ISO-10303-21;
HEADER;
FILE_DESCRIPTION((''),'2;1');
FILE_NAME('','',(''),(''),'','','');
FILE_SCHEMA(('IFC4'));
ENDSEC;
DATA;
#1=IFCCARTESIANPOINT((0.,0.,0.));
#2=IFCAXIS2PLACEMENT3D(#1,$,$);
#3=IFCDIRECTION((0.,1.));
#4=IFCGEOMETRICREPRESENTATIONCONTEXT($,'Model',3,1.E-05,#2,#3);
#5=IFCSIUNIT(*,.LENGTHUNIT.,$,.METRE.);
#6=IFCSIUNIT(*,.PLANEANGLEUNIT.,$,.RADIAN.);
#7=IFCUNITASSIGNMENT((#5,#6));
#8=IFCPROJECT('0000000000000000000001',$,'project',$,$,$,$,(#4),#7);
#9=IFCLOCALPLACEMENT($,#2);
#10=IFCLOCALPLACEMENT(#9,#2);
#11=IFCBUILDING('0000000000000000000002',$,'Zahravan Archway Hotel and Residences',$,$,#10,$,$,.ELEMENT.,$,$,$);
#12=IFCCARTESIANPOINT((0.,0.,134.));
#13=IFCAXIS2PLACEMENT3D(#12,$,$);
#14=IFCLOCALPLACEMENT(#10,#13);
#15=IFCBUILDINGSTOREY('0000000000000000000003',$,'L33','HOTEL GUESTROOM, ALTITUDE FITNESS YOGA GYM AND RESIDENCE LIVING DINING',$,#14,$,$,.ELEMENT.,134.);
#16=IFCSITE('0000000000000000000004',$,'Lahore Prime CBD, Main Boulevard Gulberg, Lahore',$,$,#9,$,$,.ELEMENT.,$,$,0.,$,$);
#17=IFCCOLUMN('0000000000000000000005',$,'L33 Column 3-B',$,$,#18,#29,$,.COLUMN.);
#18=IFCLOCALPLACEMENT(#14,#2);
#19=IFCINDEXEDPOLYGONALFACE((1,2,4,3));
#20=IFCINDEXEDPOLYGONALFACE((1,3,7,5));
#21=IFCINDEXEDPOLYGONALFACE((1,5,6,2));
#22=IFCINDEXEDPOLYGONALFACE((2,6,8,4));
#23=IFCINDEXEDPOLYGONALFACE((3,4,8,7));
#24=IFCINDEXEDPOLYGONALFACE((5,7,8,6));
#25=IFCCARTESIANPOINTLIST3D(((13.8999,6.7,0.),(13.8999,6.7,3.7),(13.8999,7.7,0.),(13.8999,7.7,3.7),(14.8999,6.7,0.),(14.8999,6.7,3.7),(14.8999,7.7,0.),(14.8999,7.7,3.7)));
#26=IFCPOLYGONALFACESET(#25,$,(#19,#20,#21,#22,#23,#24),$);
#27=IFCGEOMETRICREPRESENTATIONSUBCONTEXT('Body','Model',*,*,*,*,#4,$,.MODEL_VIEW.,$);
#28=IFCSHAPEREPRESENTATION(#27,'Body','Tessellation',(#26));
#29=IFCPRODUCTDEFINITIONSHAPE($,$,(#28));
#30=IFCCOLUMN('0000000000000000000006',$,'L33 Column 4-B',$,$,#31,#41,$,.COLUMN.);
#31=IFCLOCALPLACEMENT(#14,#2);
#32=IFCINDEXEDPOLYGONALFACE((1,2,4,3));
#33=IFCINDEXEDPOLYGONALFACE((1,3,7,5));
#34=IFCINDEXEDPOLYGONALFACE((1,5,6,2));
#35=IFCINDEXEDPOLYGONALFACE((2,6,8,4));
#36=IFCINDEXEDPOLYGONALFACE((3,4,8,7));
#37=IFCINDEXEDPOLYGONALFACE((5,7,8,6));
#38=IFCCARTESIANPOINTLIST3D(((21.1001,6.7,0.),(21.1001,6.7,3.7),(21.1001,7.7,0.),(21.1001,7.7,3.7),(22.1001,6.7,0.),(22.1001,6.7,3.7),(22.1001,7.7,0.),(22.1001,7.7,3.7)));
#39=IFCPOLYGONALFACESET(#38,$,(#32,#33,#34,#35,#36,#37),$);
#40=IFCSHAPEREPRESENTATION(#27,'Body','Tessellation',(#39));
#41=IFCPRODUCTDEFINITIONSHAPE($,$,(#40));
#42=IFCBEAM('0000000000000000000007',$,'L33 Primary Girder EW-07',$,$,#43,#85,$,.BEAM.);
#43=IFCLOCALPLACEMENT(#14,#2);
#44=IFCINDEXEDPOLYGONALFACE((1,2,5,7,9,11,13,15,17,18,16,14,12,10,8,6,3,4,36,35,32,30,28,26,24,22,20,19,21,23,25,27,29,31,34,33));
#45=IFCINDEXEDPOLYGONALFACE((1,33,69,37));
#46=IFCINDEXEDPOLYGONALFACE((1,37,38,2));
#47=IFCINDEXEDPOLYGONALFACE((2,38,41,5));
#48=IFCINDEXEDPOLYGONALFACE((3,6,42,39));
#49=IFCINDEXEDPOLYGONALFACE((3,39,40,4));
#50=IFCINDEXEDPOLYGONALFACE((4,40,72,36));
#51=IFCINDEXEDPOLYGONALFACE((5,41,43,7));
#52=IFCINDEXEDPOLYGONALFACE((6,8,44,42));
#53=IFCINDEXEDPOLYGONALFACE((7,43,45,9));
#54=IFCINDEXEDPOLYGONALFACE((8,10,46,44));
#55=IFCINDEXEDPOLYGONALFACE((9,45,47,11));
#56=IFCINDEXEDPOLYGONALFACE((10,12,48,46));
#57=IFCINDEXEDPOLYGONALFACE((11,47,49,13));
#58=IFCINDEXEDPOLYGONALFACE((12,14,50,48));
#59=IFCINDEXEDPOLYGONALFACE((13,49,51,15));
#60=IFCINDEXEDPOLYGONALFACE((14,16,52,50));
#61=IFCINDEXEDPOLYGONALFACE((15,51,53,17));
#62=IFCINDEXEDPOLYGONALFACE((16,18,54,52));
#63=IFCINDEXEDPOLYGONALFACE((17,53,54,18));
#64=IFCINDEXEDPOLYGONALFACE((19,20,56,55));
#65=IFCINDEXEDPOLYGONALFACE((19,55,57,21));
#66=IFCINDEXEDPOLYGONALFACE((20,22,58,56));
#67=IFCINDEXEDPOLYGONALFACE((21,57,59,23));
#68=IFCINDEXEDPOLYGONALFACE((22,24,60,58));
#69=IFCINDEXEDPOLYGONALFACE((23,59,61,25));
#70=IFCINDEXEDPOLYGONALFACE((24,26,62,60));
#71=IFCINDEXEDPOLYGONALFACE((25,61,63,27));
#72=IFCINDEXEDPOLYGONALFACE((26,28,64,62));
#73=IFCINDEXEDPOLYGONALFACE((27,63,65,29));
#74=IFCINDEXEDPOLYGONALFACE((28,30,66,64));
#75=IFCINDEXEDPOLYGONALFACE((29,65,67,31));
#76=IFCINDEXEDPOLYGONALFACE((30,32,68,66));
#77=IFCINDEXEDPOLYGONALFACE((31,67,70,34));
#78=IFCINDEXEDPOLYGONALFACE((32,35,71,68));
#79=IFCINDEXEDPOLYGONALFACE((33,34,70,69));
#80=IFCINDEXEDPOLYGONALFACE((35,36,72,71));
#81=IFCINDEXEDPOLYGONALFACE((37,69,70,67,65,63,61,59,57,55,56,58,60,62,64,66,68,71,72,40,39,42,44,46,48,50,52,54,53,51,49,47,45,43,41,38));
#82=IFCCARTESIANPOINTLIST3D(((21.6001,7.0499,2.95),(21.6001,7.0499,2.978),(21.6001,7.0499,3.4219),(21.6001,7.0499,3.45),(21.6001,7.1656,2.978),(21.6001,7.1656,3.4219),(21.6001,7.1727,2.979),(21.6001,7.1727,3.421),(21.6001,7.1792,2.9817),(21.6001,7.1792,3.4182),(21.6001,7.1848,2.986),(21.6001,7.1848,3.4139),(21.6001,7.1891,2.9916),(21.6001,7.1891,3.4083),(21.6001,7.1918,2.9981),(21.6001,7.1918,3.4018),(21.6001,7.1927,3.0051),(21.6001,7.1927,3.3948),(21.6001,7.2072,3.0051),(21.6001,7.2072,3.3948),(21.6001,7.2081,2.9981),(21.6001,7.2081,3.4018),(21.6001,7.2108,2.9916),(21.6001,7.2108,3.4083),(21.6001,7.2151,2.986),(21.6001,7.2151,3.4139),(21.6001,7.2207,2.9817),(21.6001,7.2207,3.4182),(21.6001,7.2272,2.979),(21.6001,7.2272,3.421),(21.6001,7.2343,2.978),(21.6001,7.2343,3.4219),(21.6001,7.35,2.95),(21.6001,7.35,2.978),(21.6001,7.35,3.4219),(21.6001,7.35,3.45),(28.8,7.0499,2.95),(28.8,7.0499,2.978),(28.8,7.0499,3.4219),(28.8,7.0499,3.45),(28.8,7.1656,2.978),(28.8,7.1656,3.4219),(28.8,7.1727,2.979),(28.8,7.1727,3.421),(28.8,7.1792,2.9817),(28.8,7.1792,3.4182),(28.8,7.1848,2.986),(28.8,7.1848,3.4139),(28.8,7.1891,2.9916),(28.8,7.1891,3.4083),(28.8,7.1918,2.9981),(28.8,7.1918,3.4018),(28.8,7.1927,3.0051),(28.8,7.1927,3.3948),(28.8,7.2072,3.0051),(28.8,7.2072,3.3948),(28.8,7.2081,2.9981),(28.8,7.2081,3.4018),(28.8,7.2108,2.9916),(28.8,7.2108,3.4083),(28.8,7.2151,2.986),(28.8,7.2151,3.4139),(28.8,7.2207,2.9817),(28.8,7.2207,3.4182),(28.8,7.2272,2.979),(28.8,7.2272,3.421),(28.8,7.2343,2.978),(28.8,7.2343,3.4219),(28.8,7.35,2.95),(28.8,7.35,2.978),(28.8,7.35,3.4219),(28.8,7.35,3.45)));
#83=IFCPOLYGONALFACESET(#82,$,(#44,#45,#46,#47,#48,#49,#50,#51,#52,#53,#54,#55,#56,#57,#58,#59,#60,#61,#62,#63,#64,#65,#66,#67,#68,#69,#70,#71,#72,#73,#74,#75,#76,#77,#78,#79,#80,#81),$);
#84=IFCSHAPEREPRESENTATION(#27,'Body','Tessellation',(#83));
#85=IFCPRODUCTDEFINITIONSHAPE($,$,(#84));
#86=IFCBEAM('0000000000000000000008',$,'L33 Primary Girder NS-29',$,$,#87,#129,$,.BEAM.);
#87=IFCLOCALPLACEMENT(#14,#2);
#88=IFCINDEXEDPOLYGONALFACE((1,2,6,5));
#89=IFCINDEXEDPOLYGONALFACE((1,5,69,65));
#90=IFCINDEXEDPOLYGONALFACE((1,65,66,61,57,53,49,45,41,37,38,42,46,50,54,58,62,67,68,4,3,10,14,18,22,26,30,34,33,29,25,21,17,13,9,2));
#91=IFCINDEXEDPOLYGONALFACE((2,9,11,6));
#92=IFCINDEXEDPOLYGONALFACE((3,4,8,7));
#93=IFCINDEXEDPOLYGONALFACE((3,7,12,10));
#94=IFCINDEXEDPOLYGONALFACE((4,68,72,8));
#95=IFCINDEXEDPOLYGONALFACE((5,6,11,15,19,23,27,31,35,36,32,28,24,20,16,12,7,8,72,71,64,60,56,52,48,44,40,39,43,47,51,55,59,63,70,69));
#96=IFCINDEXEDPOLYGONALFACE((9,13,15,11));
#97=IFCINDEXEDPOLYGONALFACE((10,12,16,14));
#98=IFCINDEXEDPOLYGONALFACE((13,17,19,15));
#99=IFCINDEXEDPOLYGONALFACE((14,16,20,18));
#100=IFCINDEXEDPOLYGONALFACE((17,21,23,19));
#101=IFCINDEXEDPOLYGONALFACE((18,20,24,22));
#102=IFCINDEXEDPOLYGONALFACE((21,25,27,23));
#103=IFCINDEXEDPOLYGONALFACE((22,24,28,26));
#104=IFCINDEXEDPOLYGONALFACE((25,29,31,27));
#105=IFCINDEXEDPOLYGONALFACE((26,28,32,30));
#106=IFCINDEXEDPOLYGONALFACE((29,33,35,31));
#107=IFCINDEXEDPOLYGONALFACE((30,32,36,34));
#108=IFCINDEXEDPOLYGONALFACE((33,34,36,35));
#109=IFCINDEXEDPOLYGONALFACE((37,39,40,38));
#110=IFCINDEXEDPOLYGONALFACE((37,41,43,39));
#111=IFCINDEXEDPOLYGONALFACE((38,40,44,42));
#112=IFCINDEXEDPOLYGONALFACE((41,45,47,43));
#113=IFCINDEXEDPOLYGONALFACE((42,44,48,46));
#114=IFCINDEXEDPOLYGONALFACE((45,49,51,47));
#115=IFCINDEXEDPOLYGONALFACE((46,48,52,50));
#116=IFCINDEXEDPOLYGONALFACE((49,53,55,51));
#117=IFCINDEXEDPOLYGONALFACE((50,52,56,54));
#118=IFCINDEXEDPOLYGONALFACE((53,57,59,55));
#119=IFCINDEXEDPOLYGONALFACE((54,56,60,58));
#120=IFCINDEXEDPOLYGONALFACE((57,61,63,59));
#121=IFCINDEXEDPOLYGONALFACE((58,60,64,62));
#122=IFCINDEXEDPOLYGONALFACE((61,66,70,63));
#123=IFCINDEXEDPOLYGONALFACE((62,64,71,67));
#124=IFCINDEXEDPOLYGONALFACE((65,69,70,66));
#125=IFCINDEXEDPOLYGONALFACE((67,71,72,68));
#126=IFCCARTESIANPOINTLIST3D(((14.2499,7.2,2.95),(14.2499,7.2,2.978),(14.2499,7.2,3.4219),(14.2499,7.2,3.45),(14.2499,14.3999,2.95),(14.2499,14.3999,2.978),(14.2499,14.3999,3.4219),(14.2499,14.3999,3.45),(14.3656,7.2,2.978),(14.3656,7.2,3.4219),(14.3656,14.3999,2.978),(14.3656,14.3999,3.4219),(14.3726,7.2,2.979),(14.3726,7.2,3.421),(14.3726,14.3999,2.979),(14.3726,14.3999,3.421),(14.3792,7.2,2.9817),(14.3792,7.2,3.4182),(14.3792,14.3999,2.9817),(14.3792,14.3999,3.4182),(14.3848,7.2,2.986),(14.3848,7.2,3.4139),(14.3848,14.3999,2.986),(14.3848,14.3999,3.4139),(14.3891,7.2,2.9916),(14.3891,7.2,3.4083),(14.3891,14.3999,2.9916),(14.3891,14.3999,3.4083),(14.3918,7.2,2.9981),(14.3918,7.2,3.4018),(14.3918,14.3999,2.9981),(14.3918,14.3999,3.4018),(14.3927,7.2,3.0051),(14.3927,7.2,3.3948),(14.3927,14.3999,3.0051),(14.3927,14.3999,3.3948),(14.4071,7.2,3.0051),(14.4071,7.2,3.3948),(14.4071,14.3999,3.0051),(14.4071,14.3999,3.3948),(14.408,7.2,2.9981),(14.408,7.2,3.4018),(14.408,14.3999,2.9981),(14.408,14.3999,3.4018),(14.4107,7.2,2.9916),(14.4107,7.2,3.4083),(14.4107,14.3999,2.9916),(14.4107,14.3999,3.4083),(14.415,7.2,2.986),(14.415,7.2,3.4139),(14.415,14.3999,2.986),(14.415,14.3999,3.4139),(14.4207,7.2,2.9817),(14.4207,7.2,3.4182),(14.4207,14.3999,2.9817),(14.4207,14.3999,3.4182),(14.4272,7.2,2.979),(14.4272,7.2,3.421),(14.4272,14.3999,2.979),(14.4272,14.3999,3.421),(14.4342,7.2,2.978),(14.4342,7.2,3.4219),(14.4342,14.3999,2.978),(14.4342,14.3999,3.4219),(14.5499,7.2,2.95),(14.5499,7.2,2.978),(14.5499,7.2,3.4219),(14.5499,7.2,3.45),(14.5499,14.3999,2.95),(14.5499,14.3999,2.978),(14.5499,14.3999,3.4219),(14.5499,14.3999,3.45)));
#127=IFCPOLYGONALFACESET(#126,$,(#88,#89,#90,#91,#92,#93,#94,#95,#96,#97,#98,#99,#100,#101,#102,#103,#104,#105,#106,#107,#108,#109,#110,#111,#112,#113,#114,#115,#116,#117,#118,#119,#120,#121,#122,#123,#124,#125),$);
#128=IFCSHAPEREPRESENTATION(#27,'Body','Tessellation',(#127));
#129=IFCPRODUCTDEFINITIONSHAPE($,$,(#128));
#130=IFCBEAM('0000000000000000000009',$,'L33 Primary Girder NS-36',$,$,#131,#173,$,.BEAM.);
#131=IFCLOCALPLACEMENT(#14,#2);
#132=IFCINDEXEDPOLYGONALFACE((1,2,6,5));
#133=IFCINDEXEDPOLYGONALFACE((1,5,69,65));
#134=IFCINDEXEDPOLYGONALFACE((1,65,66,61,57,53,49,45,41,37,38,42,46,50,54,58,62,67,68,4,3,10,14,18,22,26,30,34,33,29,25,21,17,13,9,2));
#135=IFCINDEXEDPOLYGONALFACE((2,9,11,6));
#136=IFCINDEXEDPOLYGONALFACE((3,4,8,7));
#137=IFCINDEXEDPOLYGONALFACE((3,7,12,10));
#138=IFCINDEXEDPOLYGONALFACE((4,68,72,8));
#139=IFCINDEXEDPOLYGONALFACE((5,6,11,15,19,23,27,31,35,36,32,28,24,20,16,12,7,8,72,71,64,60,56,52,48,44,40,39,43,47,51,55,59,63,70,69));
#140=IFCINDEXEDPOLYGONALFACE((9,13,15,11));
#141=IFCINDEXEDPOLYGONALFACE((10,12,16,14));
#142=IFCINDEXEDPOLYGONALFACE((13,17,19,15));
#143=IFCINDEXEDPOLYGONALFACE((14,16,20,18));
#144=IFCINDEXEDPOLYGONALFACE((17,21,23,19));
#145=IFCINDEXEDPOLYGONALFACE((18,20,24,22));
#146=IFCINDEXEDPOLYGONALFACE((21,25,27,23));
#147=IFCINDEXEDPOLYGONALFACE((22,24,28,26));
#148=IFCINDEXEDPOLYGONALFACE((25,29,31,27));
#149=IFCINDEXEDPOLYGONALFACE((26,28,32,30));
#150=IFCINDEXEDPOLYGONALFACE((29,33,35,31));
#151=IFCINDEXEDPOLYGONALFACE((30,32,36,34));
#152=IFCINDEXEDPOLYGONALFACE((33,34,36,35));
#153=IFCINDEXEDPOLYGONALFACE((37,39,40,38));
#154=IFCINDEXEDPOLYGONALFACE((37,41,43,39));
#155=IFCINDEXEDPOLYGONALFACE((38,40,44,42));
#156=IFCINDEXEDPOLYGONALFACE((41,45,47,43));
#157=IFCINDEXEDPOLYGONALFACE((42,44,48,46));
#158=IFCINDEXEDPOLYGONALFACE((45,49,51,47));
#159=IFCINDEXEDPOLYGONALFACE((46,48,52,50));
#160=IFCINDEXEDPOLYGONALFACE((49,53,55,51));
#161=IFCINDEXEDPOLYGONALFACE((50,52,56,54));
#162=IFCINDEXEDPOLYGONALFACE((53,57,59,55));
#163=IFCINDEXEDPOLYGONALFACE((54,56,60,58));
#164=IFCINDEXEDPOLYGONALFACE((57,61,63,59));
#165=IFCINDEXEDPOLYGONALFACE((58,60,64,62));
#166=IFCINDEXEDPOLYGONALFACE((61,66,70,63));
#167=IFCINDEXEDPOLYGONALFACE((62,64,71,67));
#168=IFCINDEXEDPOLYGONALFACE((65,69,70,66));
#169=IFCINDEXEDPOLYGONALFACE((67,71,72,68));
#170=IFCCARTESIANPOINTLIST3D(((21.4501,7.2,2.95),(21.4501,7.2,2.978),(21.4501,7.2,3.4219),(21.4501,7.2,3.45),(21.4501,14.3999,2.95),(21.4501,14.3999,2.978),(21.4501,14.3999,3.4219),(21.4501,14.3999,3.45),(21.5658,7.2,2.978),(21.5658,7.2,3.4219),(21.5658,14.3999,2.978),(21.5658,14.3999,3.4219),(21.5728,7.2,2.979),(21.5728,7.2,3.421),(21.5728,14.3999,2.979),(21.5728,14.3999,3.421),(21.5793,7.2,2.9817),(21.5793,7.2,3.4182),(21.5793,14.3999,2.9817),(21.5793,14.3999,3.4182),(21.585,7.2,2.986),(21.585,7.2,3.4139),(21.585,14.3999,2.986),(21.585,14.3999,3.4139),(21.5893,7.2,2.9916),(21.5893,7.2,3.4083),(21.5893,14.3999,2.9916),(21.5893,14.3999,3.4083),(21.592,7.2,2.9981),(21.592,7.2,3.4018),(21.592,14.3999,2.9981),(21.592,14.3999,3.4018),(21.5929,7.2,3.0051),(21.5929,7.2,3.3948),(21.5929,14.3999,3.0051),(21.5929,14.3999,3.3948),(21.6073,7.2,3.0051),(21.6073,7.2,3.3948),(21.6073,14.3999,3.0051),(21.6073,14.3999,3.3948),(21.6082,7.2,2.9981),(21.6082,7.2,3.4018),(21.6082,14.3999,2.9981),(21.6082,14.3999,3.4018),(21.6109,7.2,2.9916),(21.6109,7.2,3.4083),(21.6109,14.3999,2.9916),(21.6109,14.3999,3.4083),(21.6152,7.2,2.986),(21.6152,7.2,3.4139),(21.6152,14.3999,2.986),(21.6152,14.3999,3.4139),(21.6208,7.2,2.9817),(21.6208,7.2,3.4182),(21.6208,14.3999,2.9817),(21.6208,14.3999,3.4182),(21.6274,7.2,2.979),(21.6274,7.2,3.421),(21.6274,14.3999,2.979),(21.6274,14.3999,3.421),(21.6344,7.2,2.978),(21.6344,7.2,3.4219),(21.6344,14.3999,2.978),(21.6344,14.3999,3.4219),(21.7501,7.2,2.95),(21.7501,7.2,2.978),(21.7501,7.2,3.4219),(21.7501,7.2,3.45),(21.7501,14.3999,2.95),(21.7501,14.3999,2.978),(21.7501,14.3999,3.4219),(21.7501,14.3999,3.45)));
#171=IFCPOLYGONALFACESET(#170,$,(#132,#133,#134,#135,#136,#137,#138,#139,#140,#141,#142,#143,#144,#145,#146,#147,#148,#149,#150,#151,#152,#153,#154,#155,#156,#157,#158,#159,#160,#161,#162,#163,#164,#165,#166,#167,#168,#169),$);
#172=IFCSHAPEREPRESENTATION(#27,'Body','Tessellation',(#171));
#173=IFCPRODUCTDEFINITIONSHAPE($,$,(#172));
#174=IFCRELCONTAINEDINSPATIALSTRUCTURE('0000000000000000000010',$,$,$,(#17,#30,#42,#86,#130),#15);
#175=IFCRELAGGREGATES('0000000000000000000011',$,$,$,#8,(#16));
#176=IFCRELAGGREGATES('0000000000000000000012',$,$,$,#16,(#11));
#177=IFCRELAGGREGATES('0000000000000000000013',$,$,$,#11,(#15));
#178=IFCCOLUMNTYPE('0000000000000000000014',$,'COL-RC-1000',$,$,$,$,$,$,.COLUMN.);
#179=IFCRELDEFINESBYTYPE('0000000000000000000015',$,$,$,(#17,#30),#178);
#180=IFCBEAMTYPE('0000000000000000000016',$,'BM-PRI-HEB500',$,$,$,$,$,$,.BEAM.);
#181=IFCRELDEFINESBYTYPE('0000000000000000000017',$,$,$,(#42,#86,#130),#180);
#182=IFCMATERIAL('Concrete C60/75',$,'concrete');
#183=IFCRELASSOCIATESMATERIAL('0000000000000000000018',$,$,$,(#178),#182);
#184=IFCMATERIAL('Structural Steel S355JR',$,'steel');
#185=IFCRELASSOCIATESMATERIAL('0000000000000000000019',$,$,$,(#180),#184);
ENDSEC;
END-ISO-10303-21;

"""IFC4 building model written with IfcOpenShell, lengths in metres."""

from ifc_helpers import new_model, si_unit, direction, frame, origin, origin_2d, place, context, subcontext, project, spatial, rectangle, i_section, extrude, source, transform, mapped, material, material_profile, profile_set, type_object, type_shapes, element, save


model = new_model("IFC4")

# Units and contexts
model_context = context("Model", 3, precision=1e-05, world=origin(), true_north=direction((0.0, 1.0)))
body_context = subcontext(model_context, "Body", "Model", "MODEL_VIEW")
ifc_project = project(units=[si_unit("LENGTHUNIT", "METRE"), si_unit("PLANEANGLEUNIT", "RADIAN")], contexts=[model_context])

# Site, building, storey
site_placement = place(None, origin())
site = spatial("IfcSite", under=ifc_project, at=site_placement, Name="Lahore Prime CBD, Main Boulevard Gulberg, Lahore", CompositionType="ELEMENT", RefElevation=0.0)
building_placement = place(site_placement, origin())
building = spatial("IfcBuilding", under=site, at=building_placement, Name="Zahravan Archway Hotel and Residences", CompositionType="ELEMENT")
storey_placement = place(building_placement, frame((0.0, 0.0, 134.0)))
storey = spatial("IfcBuildingStorey", under=building, at=storey_placement, Name="L33", Description="HOTEL GUESTROOM, ALTITUDE FITNESS YOGA GYM AND RESIDENCE LIVING DINING", CompositionType="ELEMENT", Elevation=134.0)

# Columns
ifc_material_1 = material(Name="Concrete C60/75", Category="concrete")
ifc_material_profile_1 = material_profile(ifc_material_1, rectangle(XDim=1.0, YDim=1.0, at=origin_2d()), Name="RC-COL-1000x1000", Category="concrete")
ifc_profile_set_1 = profile_set([ifc_material_profile_1], Name="Concrete C60/75")
column_type = type_object("IfcColumnType", Name="COL-RC-1000", PredefinedType="COLUMN", material=ifc_profile_set_1)
shared_shape_1 = source(origin(), body_context, "Body", "SweptSolid", [
    extrude(rectangle(XDim=1.0, YDim=1.0, at=origin_2d()), origin(), (0.0, 0.0, 1.0), 3.7),
])
type_shapes(column_type, [shared_shape_1])
for number, where, z_axis, x_axis, name in (
    (1, (14.3999, 7.2, 0.0), (0.0, 0.0, 1.0), (1.0, 0.0, 0.0), "L33 Column 3-B"),
    (2, (21.6001, 7.2, 0.0), (0.0, 0.0, 1.0), (1.0, 0.0, 0.0), "L33 Column 4-B"),
):
    element("IfcColumn", number, at=place(storey_placement, frame(where, z_axis=z_axis, x_axis=x_axis)), inside=storey, type_object=column_type, Name=name, PredefinedType="COLUMN", context=body_context, shape_type="MappedRepresentation", body=[
        mapped(shared_shape_1, transform((0.0, 0.0, 0.0), scale=1.0)),
    ])

# Beams
ifc_material_2 = material(Name="Structural Steel S355JR", Category="steel")
ifc_material_profile_2 = material_profile(ifc_material_2, i_section(OverallWidth=0.3, OverallDepth=0.5, WebThickness=0.0144, FlangeThickness=0.0281, FilletRadius=0.0271, at=origin_2d()), Name="HEB 500", Category="steel")
ifc_profile_set_2 = profile_set([ifc_material_profile_2], Name="Structural Steel S355JR")
beam_type_1 = type_object("IfcBeamType", Name="BM-PRI-HEB500", PredefinedType="BEAM", material=ifc_profile_set_2)
shared_shape_2 = source(origin(), body_context, "Body", "SweptSolid", [
    extrude(i_section(OverallWidth=0.3, OverallDepth=0.5, WebThickness=0.0144, FlangeThickness=0.0281, FilletRadius=0.0271, at=origin_2d()), origin(), (0.0, 0.0, 1.0), 7.2),
])
for number, where, z_axis, x_axis, name in (
    (3, (21.6001, 7.2, 3.2), (1.0, 0.0, 0.0), (0.0, 1.0, 0.0), "L33 Primary Girder EW-07"),
    (4, (14.3999, 7.2, 3.2), (0.0, 1.0, 0.0), (-1.0, 0.0, 0.0), "L33 Primary Girder NS-29"),
    (5, (21.6001, 7.2, 3.2), (0.0, 1.0, 0.0), (-1.0, 0.0, 0.0), "L33 Primary Girder NS-36"),
):
    element("IfcBeam", number, at=place(storey_placement, frame(where, z_axis=z_axis, x_axis=x_axis)), inside=storey, type_object=beam_type_1, Name=name, PredefinedType="BEAM", context=body_context, shape_type="MappedRepresentation", body=[
        mapped(shared_shape_2, transform((0.0, 0.0, 0.0), scale=1.0)),
    ])

save(model, "model.ifc")
